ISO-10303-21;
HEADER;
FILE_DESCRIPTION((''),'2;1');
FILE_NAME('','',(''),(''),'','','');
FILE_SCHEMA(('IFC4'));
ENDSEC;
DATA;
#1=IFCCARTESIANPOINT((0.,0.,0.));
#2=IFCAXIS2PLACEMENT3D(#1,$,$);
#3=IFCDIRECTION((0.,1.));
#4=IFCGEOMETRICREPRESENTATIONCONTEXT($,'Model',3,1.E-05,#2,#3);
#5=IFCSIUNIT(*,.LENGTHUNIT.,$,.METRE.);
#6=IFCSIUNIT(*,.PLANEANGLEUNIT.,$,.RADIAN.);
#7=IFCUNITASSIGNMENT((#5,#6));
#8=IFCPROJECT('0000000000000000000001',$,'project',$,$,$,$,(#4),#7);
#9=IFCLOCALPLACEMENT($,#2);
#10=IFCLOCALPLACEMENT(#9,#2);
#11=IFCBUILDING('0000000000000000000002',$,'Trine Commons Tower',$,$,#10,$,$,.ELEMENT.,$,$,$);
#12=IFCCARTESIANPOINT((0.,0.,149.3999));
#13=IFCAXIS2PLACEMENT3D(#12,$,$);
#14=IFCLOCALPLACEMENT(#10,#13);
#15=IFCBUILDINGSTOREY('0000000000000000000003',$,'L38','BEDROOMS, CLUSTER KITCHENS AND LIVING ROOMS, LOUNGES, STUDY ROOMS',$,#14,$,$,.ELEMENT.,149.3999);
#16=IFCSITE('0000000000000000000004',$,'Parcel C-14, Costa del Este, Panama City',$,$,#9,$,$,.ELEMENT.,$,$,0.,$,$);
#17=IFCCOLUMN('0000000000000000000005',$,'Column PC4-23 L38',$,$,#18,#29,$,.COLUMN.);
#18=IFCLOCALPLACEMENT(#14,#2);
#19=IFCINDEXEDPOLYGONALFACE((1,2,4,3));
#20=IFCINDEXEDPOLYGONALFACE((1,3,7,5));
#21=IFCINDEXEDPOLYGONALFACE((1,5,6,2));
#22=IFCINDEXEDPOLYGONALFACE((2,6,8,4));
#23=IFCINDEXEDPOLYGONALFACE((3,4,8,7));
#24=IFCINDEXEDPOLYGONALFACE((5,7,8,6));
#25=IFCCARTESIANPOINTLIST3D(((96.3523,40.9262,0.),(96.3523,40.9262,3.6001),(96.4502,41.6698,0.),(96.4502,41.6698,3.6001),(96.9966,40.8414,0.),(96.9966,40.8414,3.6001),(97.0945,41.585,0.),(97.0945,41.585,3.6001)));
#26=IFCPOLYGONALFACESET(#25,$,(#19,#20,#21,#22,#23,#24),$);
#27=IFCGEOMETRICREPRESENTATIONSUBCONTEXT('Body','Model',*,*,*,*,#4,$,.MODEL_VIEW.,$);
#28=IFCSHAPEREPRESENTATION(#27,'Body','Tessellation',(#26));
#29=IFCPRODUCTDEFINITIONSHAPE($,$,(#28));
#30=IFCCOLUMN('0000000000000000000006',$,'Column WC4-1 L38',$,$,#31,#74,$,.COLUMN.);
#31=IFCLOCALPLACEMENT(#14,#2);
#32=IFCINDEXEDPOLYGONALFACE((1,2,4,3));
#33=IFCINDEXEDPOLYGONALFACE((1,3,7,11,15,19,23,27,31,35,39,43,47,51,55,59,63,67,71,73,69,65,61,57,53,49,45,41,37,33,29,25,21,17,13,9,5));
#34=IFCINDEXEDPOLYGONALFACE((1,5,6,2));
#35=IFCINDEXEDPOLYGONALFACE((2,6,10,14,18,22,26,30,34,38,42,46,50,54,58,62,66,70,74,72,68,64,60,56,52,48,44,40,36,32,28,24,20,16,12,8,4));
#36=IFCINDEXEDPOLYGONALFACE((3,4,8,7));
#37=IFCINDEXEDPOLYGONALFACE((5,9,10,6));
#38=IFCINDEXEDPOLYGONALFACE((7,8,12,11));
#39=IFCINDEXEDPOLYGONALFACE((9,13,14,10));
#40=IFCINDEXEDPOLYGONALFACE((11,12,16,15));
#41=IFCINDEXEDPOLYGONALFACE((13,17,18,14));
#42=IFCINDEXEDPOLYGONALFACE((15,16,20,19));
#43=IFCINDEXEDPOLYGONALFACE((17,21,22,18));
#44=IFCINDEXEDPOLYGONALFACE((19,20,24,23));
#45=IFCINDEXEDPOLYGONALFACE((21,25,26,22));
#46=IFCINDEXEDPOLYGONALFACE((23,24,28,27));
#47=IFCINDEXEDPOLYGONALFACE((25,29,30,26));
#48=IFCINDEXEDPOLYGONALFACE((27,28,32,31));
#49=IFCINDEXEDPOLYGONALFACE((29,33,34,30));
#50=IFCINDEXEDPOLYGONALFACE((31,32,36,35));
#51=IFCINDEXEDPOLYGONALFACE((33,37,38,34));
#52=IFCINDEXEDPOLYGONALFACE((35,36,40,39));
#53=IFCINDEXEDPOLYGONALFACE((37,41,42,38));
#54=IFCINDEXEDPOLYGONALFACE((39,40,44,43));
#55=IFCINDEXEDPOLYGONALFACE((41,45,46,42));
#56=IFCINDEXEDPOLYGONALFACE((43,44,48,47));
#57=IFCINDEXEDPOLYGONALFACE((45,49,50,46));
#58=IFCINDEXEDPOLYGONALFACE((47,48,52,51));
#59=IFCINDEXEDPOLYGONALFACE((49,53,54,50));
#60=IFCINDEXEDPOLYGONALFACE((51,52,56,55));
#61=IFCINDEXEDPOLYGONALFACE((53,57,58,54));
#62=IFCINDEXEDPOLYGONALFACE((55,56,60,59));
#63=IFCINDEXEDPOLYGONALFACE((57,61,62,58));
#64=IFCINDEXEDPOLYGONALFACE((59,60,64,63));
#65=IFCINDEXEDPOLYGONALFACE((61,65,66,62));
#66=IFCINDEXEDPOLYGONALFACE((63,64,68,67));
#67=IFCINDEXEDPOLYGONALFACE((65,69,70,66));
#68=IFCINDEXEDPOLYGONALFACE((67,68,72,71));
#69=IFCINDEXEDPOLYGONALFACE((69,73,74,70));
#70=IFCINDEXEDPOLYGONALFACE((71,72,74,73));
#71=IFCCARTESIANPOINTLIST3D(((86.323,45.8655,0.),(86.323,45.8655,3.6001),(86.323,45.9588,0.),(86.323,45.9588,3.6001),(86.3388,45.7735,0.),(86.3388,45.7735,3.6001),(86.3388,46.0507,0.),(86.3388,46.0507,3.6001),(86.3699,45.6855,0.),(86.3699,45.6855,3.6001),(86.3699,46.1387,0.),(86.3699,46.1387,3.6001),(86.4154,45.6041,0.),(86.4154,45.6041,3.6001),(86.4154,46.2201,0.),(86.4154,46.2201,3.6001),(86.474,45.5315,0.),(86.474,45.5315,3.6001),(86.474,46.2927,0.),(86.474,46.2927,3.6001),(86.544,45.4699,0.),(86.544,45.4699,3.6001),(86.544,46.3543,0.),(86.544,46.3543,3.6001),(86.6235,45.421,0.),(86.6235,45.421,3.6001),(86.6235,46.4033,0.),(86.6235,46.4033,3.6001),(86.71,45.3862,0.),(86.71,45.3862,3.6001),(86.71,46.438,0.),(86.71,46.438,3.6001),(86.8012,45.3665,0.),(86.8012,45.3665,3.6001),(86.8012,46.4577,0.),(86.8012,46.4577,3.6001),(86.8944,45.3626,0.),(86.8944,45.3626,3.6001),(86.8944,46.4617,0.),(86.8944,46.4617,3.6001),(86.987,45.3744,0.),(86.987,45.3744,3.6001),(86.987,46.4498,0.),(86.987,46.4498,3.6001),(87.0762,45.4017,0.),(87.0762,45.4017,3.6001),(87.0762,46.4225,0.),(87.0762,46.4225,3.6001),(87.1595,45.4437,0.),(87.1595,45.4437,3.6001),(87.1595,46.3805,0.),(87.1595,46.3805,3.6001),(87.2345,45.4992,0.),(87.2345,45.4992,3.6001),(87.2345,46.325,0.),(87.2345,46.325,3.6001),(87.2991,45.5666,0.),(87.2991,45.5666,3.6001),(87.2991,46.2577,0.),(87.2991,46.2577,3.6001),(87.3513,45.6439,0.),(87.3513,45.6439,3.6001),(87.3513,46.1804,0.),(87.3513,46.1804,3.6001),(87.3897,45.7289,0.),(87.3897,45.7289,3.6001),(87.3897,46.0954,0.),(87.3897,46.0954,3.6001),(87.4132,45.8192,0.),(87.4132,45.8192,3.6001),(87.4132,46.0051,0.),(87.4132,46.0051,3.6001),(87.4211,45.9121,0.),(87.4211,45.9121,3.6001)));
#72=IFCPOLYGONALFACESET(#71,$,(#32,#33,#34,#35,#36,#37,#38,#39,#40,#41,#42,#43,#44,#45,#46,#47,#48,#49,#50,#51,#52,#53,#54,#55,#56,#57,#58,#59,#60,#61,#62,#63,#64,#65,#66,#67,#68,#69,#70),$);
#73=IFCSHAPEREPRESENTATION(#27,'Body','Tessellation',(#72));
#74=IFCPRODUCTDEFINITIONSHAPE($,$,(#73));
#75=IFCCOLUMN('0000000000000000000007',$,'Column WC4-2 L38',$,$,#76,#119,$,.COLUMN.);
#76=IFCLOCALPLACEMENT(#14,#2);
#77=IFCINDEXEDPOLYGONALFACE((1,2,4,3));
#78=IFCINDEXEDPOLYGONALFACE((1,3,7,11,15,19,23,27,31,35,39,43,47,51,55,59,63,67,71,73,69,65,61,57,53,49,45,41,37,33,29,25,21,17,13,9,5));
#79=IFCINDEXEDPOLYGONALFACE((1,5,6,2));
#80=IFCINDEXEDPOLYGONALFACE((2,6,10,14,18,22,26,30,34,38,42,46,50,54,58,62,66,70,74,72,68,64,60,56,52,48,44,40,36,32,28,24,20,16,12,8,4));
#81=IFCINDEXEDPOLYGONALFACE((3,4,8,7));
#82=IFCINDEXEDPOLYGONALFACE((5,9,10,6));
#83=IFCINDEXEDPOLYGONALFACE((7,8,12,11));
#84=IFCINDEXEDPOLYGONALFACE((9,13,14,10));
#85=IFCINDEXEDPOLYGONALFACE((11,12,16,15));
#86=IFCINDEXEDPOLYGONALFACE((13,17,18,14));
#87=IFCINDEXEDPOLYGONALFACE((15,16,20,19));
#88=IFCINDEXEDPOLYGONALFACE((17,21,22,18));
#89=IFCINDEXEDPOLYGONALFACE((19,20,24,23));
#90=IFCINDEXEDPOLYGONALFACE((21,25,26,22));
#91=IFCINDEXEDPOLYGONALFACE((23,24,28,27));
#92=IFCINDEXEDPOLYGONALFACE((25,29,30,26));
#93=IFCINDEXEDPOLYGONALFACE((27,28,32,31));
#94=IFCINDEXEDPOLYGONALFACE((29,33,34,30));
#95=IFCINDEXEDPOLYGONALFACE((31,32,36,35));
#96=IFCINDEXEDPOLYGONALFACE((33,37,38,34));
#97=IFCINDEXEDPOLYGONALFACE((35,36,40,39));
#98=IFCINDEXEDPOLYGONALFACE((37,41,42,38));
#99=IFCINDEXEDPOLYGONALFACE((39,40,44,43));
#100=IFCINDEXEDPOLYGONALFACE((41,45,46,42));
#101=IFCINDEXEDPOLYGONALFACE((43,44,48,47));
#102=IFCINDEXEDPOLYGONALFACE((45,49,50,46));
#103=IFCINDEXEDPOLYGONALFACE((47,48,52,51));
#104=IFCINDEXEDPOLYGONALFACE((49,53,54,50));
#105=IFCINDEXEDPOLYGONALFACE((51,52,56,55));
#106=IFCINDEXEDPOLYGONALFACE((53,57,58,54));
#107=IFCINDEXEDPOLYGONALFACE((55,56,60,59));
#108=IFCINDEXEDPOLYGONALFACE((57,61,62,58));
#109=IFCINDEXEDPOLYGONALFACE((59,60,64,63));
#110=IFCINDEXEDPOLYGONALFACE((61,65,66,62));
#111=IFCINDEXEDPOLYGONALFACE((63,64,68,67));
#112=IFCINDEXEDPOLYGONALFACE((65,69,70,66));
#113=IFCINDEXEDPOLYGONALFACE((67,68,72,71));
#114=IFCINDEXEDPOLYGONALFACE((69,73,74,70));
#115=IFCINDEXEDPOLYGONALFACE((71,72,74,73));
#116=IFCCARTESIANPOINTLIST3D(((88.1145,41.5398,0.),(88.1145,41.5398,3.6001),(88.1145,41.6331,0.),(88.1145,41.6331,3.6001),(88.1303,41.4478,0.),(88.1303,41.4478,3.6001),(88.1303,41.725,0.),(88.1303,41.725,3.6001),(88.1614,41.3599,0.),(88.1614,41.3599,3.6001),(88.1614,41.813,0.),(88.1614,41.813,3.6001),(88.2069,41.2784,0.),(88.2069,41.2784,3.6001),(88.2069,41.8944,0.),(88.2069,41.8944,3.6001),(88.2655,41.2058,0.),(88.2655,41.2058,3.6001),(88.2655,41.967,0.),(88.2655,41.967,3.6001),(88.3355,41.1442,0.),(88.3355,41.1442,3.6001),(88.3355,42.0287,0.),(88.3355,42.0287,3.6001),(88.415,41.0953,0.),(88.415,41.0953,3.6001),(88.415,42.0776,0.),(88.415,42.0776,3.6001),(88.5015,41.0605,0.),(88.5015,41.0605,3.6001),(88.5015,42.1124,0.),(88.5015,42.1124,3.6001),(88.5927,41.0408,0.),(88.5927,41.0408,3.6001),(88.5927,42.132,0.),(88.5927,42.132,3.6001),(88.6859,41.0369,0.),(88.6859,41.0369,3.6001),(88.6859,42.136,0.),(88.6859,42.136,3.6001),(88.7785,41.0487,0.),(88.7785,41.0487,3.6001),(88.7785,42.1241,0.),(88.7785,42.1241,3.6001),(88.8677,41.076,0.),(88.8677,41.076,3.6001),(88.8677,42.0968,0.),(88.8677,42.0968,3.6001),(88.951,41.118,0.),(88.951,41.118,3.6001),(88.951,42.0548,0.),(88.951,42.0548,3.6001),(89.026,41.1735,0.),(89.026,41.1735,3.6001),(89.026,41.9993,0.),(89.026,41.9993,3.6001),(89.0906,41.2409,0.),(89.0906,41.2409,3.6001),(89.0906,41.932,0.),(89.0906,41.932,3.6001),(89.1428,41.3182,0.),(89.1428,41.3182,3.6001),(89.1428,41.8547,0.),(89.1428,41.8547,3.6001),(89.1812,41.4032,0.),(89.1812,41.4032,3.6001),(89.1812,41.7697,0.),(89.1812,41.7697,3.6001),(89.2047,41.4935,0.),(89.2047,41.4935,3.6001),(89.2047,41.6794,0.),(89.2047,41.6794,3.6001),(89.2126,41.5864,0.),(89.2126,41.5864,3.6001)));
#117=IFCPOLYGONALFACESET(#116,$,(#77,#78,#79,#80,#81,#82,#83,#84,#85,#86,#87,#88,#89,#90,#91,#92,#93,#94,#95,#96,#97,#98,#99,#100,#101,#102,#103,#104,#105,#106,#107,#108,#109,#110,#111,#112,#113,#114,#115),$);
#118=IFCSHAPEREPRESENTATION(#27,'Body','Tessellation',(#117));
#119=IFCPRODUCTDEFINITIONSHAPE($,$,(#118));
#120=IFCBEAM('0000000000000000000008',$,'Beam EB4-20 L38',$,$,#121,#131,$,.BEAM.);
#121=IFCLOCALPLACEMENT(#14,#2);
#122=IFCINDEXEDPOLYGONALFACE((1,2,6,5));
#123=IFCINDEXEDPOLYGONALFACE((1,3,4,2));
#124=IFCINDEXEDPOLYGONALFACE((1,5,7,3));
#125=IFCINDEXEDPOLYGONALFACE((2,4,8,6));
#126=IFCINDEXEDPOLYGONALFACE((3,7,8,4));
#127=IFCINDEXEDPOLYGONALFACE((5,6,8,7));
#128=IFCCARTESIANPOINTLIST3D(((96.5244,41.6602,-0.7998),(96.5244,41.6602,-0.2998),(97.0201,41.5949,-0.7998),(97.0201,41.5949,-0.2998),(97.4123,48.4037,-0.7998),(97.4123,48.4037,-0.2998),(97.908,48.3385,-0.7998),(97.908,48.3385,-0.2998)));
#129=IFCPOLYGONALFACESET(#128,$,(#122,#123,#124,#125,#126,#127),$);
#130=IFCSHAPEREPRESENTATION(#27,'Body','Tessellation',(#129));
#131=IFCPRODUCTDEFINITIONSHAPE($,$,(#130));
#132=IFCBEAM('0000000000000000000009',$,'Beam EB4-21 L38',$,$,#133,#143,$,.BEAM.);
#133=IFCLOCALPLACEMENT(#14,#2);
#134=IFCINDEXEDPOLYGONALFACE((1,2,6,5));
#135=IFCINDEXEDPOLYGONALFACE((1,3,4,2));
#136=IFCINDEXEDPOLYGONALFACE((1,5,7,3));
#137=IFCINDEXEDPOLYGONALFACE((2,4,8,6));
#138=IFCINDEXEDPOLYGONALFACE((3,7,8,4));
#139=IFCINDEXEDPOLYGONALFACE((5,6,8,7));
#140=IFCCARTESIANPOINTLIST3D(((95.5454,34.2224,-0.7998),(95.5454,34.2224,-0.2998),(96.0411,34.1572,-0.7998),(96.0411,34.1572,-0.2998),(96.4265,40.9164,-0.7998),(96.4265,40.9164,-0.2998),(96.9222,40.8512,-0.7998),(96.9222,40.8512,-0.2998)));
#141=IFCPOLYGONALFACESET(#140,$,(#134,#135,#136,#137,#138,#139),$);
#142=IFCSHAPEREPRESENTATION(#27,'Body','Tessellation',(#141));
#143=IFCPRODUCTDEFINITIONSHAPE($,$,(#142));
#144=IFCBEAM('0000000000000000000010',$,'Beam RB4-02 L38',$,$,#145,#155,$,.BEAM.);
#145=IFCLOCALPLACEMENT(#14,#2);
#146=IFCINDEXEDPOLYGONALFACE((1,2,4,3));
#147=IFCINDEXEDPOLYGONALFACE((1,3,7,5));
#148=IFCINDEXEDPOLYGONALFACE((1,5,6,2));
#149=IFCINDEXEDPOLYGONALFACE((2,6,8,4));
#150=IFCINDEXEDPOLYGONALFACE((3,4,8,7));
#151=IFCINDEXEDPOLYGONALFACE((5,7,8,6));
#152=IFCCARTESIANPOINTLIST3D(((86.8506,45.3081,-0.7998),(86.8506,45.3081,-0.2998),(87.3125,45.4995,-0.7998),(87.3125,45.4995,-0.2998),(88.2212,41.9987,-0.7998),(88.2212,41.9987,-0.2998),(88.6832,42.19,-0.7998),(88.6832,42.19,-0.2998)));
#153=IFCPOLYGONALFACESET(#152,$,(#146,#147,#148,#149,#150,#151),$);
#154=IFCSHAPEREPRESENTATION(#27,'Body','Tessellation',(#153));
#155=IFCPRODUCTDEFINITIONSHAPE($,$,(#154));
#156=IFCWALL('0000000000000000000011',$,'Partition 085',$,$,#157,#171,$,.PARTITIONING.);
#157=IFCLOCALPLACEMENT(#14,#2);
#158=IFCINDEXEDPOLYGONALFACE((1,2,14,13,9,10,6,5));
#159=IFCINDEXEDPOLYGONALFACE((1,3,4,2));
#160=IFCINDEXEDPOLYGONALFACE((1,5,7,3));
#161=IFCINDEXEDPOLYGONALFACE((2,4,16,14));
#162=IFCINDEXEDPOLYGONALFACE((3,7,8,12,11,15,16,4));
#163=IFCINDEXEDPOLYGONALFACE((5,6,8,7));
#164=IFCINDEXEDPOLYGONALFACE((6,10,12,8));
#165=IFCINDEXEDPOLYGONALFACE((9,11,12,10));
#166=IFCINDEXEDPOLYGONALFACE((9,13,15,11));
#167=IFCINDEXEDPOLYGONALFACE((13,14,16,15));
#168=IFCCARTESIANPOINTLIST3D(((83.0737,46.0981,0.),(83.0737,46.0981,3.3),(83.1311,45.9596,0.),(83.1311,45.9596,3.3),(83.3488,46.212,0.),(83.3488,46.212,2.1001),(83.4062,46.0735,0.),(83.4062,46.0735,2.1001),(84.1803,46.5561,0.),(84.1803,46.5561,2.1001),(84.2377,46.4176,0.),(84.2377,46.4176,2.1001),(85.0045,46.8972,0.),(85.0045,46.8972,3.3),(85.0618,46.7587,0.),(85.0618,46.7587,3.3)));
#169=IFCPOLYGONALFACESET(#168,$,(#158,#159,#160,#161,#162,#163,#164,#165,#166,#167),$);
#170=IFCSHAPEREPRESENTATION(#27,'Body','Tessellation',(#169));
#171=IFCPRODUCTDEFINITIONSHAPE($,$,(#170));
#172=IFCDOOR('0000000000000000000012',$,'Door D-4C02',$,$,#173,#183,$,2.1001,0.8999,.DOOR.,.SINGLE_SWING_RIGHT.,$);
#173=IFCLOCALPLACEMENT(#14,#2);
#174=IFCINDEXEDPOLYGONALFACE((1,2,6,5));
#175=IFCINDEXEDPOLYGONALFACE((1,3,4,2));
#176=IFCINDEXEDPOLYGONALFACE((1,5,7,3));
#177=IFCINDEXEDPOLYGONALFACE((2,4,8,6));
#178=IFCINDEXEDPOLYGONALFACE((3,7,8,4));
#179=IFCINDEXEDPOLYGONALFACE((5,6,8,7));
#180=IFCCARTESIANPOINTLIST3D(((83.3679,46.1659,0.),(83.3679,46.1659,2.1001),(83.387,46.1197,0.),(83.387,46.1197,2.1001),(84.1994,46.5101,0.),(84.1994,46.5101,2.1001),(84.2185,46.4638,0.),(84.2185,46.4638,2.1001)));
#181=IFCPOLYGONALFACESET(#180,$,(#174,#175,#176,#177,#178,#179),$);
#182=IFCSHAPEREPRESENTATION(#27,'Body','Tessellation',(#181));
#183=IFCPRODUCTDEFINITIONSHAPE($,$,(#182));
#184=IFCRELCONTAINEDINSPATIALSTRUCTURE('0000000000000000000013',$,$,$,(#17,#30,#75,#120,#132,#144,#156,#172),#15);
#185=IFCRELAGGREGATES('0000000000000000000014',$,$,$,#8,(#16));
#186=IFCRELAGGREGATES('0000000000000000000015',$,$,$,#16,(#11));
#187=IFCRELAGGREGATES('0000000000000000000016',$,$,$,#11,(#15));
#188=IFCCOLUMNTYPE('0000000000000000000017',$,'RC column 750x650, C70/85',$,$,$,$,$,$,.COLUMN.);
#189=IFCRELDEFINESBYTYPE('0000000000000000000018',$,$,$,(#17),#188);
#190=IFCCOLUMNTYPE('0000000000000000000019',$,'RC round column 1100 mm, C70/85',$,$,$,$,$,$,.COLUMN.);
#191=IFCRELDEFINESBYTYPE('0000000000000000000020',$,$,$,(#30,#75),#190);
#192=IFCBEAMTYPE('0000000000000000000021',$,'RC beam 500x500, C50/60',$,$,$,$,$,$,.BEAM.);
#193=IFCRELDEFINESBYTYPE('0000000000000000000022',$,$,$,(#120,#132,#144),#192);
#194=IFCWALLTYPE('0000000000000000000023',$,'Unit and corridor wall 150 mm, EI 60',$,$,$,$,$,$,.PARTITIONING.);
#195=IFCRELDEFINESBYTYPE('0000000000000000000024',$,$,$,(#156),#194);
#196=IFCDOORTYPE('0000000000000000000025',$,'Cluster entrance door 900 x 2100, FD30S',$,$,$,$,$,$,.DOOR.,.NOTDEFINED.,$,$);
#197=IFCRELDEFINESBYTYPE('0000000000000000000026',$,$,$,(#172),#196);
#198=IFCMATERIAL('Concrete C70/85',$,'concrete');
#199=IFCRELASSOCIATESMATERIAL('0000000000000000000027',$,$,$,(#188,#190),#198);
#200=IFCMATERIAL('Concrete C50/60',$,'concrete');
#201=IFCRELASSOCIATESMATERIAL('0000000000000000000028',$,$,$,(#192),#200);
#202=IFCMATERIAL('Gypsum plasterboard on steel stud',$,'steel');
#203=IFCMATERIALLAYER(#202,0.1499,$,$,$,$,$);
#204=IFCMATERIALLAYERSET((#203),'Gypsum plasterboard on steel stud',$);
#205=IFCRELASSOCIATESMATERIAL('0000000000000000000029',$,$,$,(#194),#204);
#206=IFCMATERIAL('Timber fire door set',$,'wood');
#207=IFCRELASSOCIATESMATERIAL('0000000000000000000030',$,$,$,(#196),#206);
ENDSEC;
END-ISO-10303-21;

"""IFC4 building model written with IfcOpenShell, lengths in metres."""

from ifc_helpers import new_model, si_unit, direction, frame, frame_2d, origin, origin_2d, place, context, subcontext, project, spatial, rectangle, circle, extrude, material, layer, layer_set, material_profile, profile_set, type_object, element, fill, save


model = new_model("IFC4")

# Units and contexts
model_context = context("Model", 3, precision=1e-05, world=origin(), true_north=direction((0.0, 1.0)))
body_context = subcontext(model_context, "Body", "Model", "MODEL_VIEW")
ifc_project = project(units=[si_unit("LENGTHUNIT", "METRE"), si_unit("PLANEANGLEUNIT", "RADIAN")], contexts=[model_context])

# Site, building, storey
site_placement = place(None, origin())
site = spatial("IfcSite", under=ifc_project, at=site_placement, Name="Parcel C-14, Costa del Este, Panama City", CompositionType="ELEMENT", RefElevation=0.0)
building_placement = place(site_placement, origin())
building = spatial("IfcBuilding", under=site, at=building_placement, Name="Trine Commons Tower", CompositionType="ELEMENT")
storey_placement = place(building_placement, frame((0.0, 0.0, 149.3999)))
storey = spatial("IfcBuildingStorey", under=building, at=storey_placement, Name="L38", Description="BEDROOMS, CLUSTER KITCHENS AND LIVING ROOMS, LOUNGES, STUDY ROOMS", CompositionType="ELEMENT", Elevation=149.3999)

# Columns
ifc_material_1 = material(Name="Concrete C70/85", Category="concrete")
ifc_material_profile_1 = material_profile(ifc_material_1, rectangle(XDim=0.75, YDim=0.6499, at=origin_2d()), Name="RC 750x650")
ifc_profile_set_1 = profile_set([ifc_material_profile_1], Name="Concrete C70/85")
column_type_1 = type_object("IfcColumnType", Name="RC column 750x650, C70/85", PredefinedType="COLUMN", material=ifc_profile_set_1)
column_placement = place(storey_placement, frame((96.7234, 41.2556, 0.0), z_axis=(0.0, 0.0, 1.0), x_axis=(0.130526, 0.991445, 0.0)))
element("IfcColumn", 1, at=column_placement, inside=storey, type_object=column_type_1, Name="Column PC4-23 L38", PredefinedType="COLUMN", context=body_context, shape_type="SweptSolid", body=[
    extrude(rectangle(XDim=0.75, YDim=0.6499, at=origin_2d()), origin(), (0.0, 0.0, 1.0), 3.6001),
])
ifc_material_profile_2 = material_profile(ifc_material_1, circle(Radius=0.55, at=origin_2d()), Name="RC round 1100")
ifc_profile_set_2 = profile_set([ifc_material_profile_2], Name="Concrete C70/85")
column_type_2 = type_object("IfcColumnType", Name="RC round column 1100 mm, C70/85", PredefinedType="COLUMN", material=ifc_profile_set_2)
for number, where, z_axis, x_axis, name in (
    (2, (86.8711, 45.9121, 0.0), (0.0, 0.0, 1.0), (1.0, 0.0, 0.0), "Column WC4-1 L38"),
    (3, (88.6626, 41.5864, 0.0), (0.0, 0.0, 1.0), (1.0, 0.0, 0.0), "Column WC4-2 L38"),
):
    element("IfcColumn", number, at=place(storey_placement, frame(where, z_axis=z_axis, x_axis=x_axis)), inside=storey, type_object=column_type_2, Name=name, PredefinedType="COLUMN", context=body_context, shape_type="SweptSolid", body=[
        extrude(circle(Radius=0.55, at=origin_2d()), origin(), (0.0, 0.0, 1.0), 3.6001),
    ])

# Beams
ifc_material_2 = material(Name="Concrete C50/60", Category="concrete")
ifc_material_profile_3 = material_profile(ifc_material_2, rectangle(XDim=0.5, YDim=0.5, at=origin_2d()), Name="RC 500x500")
ifc_profile_set_3 = profile_set([ifc_material_profile_3], Name="Concrete C50/60")
beam_type = type_object("IfcBeamType", Name="RC beam 500x500, C50/60", PredefinedType="BEAM", material=ifc_profile_set_3)
beam_1_placement = place(storey_placement, frame((97.6602, 48.3711, -0.5498), z_axis=(-0.130544, -0.991443, 0.0), x_axis=(0.991443, -0.130544, 0.0)))
element("IfcBeam", 4, at=beam_1_placement, inside=storey, type_object=beam_type, Name="Beam EB4-20 L38", PredefinedType="BEAM", context=body_context, shape_type="SweptSolid", body=[
    extrude(rectangle(XDim=0.5, YDim=0.5, at=origin_2d()), origin(), (0.0, 0.0, 1.0), 6.8018),
])
beam_2_placement = place(storey_placement, frame((96.6743, 40.8838, -0.5498), z_axis=(-0.130498, -0.991449, 0.0), x_axis=(0.991449, -0.130498, 0.0)))
element("IfcBeam", 5, at=beam_2_placement, inside=storey, type_object=beam_type, Name="Beam EB4-21 L38", PredefinedType="BEAM", context=body_context, shape_type="SweptSolid", body=[
    extrude(rectangle(XDim=0.5, YDim=0.5, at=origin_2d()), origin(), (0.0, 0.0, 1.0), 6.7517),
])
beam_3_placement = place(storey_placement, frame((87.0815, 45.4038, -0.5498), z_axis=(0.382645, -0.923896, 0.0), x_axis=(0.923896, 0.382645, 0.0)))
element("IfcBeam", 6, at=beam_3_placement, inside=storey, type_object=beam_type, Name="Beam RB4-02 L38", PredefinedType="BEAM", context=body_context, shape_type="SweptSolid", body=[
    extrude(rectangle(XDim=0.5, YDim=0.5, at=origin_2d()), origin(), (0.0, 0.0, 1.0), 3.582),
])

# Wall, opening, door
ifc_material_3 = material(Name="Gypsum plasterboard on steel stud", Category="steel")
ifc_layer_1 = layer(ifc_material_3, 0.1499)
ifc_layer_set_1 = layer_set([ifc_layer_1], Name="Gypsum plasterboard on steel stud")
wall_type_1 = type_object("IfcWallType", Name="Unit and corridor wall 150 mm, EI 60", PredefinedType="PARTITIONING", material=ifc_layer_set_1)
wall_1_placement = place(storey_placement, frame((83.1023, 46.0288, 0.0), z_axis=(0.0, 0.0, 1.0), x_axis=(0.923987, 0.382424, 0.0)))
wall_1 = element("IfcWall", 7, at=wall_1_placement, inside=storey, type_object=wall_type_1, Name="Partition 085", PredefinedType="PARTITIONING", context=body_context, shape_type="SweptSolid", body=[
    extrude(rectangle(XDim=2.0896, YDim=0.1499, at=frame_2d((1.0449, 0.0))), origin(), (0.0, 0.0, 1.0), 3.3),
])
opening_1_placement = place(wall_1_placement, frame((0.2979, 0.0, 0.0)))
opening_1 = element("IfcOpeningElement", 8, at=opening_1_placement, cuts=wall_1, PredefinedType="OPENING", context=body_context, shape_type="SweptSolid", body=[
    extrude(rectangle(XDim=0.8999, YDim=2.1001, at=frame_2d((0.45, 1.05))), frame((0.0, 0.085, 0.0), z_axis=(0.0, -1.0, 0.0), x_axis=(1.0, 0.0, 0.0)), (0.0, 0.0, 1.0), 0.1699),
])
ifc_material_4 = material(Name="Timber fire door set", Category="wood")
door_type_1 = type_object("IfcDoorType", Name="Cluster entrance door 900 x 2100, FD30S", OperationType="NOTDEFINED", PredefinedType="DOOR", material=ifc_material_4)
door_1_placement = place(opening_1_placement, frame((0.8999, 0.0, 0.0), z_axis=(0.0, 0.0, 1.0), x_axis=(-1.0, 0.0, 0.0)))
door_1 = element("IfcDoor", 9, at=door_1_placement, inside=storey, type_object=door_type_1, Name="Door D-4C02", OperationType="SINGLE_SWING_RIGHT", OverallHeight=2.1001, OverallWidth=0.8999, PredefinedType="DOOR", context=body_context, shape_type="SweptSolid", body=[
    extrude(rectangle(XDim=0.8999, YDim=2.1001, at=frame_2d((0.45, 1.05))), frame((0.0, 0.0249, 0.0), z_axis=(0.0, -1.0, 0.0), x_axis=(1.0, 0.0, 0.0)), (0.0, 0.0, 1.0), 0.05),
])
fill(opening_1, door_1)

save(model, "model.ifc")
